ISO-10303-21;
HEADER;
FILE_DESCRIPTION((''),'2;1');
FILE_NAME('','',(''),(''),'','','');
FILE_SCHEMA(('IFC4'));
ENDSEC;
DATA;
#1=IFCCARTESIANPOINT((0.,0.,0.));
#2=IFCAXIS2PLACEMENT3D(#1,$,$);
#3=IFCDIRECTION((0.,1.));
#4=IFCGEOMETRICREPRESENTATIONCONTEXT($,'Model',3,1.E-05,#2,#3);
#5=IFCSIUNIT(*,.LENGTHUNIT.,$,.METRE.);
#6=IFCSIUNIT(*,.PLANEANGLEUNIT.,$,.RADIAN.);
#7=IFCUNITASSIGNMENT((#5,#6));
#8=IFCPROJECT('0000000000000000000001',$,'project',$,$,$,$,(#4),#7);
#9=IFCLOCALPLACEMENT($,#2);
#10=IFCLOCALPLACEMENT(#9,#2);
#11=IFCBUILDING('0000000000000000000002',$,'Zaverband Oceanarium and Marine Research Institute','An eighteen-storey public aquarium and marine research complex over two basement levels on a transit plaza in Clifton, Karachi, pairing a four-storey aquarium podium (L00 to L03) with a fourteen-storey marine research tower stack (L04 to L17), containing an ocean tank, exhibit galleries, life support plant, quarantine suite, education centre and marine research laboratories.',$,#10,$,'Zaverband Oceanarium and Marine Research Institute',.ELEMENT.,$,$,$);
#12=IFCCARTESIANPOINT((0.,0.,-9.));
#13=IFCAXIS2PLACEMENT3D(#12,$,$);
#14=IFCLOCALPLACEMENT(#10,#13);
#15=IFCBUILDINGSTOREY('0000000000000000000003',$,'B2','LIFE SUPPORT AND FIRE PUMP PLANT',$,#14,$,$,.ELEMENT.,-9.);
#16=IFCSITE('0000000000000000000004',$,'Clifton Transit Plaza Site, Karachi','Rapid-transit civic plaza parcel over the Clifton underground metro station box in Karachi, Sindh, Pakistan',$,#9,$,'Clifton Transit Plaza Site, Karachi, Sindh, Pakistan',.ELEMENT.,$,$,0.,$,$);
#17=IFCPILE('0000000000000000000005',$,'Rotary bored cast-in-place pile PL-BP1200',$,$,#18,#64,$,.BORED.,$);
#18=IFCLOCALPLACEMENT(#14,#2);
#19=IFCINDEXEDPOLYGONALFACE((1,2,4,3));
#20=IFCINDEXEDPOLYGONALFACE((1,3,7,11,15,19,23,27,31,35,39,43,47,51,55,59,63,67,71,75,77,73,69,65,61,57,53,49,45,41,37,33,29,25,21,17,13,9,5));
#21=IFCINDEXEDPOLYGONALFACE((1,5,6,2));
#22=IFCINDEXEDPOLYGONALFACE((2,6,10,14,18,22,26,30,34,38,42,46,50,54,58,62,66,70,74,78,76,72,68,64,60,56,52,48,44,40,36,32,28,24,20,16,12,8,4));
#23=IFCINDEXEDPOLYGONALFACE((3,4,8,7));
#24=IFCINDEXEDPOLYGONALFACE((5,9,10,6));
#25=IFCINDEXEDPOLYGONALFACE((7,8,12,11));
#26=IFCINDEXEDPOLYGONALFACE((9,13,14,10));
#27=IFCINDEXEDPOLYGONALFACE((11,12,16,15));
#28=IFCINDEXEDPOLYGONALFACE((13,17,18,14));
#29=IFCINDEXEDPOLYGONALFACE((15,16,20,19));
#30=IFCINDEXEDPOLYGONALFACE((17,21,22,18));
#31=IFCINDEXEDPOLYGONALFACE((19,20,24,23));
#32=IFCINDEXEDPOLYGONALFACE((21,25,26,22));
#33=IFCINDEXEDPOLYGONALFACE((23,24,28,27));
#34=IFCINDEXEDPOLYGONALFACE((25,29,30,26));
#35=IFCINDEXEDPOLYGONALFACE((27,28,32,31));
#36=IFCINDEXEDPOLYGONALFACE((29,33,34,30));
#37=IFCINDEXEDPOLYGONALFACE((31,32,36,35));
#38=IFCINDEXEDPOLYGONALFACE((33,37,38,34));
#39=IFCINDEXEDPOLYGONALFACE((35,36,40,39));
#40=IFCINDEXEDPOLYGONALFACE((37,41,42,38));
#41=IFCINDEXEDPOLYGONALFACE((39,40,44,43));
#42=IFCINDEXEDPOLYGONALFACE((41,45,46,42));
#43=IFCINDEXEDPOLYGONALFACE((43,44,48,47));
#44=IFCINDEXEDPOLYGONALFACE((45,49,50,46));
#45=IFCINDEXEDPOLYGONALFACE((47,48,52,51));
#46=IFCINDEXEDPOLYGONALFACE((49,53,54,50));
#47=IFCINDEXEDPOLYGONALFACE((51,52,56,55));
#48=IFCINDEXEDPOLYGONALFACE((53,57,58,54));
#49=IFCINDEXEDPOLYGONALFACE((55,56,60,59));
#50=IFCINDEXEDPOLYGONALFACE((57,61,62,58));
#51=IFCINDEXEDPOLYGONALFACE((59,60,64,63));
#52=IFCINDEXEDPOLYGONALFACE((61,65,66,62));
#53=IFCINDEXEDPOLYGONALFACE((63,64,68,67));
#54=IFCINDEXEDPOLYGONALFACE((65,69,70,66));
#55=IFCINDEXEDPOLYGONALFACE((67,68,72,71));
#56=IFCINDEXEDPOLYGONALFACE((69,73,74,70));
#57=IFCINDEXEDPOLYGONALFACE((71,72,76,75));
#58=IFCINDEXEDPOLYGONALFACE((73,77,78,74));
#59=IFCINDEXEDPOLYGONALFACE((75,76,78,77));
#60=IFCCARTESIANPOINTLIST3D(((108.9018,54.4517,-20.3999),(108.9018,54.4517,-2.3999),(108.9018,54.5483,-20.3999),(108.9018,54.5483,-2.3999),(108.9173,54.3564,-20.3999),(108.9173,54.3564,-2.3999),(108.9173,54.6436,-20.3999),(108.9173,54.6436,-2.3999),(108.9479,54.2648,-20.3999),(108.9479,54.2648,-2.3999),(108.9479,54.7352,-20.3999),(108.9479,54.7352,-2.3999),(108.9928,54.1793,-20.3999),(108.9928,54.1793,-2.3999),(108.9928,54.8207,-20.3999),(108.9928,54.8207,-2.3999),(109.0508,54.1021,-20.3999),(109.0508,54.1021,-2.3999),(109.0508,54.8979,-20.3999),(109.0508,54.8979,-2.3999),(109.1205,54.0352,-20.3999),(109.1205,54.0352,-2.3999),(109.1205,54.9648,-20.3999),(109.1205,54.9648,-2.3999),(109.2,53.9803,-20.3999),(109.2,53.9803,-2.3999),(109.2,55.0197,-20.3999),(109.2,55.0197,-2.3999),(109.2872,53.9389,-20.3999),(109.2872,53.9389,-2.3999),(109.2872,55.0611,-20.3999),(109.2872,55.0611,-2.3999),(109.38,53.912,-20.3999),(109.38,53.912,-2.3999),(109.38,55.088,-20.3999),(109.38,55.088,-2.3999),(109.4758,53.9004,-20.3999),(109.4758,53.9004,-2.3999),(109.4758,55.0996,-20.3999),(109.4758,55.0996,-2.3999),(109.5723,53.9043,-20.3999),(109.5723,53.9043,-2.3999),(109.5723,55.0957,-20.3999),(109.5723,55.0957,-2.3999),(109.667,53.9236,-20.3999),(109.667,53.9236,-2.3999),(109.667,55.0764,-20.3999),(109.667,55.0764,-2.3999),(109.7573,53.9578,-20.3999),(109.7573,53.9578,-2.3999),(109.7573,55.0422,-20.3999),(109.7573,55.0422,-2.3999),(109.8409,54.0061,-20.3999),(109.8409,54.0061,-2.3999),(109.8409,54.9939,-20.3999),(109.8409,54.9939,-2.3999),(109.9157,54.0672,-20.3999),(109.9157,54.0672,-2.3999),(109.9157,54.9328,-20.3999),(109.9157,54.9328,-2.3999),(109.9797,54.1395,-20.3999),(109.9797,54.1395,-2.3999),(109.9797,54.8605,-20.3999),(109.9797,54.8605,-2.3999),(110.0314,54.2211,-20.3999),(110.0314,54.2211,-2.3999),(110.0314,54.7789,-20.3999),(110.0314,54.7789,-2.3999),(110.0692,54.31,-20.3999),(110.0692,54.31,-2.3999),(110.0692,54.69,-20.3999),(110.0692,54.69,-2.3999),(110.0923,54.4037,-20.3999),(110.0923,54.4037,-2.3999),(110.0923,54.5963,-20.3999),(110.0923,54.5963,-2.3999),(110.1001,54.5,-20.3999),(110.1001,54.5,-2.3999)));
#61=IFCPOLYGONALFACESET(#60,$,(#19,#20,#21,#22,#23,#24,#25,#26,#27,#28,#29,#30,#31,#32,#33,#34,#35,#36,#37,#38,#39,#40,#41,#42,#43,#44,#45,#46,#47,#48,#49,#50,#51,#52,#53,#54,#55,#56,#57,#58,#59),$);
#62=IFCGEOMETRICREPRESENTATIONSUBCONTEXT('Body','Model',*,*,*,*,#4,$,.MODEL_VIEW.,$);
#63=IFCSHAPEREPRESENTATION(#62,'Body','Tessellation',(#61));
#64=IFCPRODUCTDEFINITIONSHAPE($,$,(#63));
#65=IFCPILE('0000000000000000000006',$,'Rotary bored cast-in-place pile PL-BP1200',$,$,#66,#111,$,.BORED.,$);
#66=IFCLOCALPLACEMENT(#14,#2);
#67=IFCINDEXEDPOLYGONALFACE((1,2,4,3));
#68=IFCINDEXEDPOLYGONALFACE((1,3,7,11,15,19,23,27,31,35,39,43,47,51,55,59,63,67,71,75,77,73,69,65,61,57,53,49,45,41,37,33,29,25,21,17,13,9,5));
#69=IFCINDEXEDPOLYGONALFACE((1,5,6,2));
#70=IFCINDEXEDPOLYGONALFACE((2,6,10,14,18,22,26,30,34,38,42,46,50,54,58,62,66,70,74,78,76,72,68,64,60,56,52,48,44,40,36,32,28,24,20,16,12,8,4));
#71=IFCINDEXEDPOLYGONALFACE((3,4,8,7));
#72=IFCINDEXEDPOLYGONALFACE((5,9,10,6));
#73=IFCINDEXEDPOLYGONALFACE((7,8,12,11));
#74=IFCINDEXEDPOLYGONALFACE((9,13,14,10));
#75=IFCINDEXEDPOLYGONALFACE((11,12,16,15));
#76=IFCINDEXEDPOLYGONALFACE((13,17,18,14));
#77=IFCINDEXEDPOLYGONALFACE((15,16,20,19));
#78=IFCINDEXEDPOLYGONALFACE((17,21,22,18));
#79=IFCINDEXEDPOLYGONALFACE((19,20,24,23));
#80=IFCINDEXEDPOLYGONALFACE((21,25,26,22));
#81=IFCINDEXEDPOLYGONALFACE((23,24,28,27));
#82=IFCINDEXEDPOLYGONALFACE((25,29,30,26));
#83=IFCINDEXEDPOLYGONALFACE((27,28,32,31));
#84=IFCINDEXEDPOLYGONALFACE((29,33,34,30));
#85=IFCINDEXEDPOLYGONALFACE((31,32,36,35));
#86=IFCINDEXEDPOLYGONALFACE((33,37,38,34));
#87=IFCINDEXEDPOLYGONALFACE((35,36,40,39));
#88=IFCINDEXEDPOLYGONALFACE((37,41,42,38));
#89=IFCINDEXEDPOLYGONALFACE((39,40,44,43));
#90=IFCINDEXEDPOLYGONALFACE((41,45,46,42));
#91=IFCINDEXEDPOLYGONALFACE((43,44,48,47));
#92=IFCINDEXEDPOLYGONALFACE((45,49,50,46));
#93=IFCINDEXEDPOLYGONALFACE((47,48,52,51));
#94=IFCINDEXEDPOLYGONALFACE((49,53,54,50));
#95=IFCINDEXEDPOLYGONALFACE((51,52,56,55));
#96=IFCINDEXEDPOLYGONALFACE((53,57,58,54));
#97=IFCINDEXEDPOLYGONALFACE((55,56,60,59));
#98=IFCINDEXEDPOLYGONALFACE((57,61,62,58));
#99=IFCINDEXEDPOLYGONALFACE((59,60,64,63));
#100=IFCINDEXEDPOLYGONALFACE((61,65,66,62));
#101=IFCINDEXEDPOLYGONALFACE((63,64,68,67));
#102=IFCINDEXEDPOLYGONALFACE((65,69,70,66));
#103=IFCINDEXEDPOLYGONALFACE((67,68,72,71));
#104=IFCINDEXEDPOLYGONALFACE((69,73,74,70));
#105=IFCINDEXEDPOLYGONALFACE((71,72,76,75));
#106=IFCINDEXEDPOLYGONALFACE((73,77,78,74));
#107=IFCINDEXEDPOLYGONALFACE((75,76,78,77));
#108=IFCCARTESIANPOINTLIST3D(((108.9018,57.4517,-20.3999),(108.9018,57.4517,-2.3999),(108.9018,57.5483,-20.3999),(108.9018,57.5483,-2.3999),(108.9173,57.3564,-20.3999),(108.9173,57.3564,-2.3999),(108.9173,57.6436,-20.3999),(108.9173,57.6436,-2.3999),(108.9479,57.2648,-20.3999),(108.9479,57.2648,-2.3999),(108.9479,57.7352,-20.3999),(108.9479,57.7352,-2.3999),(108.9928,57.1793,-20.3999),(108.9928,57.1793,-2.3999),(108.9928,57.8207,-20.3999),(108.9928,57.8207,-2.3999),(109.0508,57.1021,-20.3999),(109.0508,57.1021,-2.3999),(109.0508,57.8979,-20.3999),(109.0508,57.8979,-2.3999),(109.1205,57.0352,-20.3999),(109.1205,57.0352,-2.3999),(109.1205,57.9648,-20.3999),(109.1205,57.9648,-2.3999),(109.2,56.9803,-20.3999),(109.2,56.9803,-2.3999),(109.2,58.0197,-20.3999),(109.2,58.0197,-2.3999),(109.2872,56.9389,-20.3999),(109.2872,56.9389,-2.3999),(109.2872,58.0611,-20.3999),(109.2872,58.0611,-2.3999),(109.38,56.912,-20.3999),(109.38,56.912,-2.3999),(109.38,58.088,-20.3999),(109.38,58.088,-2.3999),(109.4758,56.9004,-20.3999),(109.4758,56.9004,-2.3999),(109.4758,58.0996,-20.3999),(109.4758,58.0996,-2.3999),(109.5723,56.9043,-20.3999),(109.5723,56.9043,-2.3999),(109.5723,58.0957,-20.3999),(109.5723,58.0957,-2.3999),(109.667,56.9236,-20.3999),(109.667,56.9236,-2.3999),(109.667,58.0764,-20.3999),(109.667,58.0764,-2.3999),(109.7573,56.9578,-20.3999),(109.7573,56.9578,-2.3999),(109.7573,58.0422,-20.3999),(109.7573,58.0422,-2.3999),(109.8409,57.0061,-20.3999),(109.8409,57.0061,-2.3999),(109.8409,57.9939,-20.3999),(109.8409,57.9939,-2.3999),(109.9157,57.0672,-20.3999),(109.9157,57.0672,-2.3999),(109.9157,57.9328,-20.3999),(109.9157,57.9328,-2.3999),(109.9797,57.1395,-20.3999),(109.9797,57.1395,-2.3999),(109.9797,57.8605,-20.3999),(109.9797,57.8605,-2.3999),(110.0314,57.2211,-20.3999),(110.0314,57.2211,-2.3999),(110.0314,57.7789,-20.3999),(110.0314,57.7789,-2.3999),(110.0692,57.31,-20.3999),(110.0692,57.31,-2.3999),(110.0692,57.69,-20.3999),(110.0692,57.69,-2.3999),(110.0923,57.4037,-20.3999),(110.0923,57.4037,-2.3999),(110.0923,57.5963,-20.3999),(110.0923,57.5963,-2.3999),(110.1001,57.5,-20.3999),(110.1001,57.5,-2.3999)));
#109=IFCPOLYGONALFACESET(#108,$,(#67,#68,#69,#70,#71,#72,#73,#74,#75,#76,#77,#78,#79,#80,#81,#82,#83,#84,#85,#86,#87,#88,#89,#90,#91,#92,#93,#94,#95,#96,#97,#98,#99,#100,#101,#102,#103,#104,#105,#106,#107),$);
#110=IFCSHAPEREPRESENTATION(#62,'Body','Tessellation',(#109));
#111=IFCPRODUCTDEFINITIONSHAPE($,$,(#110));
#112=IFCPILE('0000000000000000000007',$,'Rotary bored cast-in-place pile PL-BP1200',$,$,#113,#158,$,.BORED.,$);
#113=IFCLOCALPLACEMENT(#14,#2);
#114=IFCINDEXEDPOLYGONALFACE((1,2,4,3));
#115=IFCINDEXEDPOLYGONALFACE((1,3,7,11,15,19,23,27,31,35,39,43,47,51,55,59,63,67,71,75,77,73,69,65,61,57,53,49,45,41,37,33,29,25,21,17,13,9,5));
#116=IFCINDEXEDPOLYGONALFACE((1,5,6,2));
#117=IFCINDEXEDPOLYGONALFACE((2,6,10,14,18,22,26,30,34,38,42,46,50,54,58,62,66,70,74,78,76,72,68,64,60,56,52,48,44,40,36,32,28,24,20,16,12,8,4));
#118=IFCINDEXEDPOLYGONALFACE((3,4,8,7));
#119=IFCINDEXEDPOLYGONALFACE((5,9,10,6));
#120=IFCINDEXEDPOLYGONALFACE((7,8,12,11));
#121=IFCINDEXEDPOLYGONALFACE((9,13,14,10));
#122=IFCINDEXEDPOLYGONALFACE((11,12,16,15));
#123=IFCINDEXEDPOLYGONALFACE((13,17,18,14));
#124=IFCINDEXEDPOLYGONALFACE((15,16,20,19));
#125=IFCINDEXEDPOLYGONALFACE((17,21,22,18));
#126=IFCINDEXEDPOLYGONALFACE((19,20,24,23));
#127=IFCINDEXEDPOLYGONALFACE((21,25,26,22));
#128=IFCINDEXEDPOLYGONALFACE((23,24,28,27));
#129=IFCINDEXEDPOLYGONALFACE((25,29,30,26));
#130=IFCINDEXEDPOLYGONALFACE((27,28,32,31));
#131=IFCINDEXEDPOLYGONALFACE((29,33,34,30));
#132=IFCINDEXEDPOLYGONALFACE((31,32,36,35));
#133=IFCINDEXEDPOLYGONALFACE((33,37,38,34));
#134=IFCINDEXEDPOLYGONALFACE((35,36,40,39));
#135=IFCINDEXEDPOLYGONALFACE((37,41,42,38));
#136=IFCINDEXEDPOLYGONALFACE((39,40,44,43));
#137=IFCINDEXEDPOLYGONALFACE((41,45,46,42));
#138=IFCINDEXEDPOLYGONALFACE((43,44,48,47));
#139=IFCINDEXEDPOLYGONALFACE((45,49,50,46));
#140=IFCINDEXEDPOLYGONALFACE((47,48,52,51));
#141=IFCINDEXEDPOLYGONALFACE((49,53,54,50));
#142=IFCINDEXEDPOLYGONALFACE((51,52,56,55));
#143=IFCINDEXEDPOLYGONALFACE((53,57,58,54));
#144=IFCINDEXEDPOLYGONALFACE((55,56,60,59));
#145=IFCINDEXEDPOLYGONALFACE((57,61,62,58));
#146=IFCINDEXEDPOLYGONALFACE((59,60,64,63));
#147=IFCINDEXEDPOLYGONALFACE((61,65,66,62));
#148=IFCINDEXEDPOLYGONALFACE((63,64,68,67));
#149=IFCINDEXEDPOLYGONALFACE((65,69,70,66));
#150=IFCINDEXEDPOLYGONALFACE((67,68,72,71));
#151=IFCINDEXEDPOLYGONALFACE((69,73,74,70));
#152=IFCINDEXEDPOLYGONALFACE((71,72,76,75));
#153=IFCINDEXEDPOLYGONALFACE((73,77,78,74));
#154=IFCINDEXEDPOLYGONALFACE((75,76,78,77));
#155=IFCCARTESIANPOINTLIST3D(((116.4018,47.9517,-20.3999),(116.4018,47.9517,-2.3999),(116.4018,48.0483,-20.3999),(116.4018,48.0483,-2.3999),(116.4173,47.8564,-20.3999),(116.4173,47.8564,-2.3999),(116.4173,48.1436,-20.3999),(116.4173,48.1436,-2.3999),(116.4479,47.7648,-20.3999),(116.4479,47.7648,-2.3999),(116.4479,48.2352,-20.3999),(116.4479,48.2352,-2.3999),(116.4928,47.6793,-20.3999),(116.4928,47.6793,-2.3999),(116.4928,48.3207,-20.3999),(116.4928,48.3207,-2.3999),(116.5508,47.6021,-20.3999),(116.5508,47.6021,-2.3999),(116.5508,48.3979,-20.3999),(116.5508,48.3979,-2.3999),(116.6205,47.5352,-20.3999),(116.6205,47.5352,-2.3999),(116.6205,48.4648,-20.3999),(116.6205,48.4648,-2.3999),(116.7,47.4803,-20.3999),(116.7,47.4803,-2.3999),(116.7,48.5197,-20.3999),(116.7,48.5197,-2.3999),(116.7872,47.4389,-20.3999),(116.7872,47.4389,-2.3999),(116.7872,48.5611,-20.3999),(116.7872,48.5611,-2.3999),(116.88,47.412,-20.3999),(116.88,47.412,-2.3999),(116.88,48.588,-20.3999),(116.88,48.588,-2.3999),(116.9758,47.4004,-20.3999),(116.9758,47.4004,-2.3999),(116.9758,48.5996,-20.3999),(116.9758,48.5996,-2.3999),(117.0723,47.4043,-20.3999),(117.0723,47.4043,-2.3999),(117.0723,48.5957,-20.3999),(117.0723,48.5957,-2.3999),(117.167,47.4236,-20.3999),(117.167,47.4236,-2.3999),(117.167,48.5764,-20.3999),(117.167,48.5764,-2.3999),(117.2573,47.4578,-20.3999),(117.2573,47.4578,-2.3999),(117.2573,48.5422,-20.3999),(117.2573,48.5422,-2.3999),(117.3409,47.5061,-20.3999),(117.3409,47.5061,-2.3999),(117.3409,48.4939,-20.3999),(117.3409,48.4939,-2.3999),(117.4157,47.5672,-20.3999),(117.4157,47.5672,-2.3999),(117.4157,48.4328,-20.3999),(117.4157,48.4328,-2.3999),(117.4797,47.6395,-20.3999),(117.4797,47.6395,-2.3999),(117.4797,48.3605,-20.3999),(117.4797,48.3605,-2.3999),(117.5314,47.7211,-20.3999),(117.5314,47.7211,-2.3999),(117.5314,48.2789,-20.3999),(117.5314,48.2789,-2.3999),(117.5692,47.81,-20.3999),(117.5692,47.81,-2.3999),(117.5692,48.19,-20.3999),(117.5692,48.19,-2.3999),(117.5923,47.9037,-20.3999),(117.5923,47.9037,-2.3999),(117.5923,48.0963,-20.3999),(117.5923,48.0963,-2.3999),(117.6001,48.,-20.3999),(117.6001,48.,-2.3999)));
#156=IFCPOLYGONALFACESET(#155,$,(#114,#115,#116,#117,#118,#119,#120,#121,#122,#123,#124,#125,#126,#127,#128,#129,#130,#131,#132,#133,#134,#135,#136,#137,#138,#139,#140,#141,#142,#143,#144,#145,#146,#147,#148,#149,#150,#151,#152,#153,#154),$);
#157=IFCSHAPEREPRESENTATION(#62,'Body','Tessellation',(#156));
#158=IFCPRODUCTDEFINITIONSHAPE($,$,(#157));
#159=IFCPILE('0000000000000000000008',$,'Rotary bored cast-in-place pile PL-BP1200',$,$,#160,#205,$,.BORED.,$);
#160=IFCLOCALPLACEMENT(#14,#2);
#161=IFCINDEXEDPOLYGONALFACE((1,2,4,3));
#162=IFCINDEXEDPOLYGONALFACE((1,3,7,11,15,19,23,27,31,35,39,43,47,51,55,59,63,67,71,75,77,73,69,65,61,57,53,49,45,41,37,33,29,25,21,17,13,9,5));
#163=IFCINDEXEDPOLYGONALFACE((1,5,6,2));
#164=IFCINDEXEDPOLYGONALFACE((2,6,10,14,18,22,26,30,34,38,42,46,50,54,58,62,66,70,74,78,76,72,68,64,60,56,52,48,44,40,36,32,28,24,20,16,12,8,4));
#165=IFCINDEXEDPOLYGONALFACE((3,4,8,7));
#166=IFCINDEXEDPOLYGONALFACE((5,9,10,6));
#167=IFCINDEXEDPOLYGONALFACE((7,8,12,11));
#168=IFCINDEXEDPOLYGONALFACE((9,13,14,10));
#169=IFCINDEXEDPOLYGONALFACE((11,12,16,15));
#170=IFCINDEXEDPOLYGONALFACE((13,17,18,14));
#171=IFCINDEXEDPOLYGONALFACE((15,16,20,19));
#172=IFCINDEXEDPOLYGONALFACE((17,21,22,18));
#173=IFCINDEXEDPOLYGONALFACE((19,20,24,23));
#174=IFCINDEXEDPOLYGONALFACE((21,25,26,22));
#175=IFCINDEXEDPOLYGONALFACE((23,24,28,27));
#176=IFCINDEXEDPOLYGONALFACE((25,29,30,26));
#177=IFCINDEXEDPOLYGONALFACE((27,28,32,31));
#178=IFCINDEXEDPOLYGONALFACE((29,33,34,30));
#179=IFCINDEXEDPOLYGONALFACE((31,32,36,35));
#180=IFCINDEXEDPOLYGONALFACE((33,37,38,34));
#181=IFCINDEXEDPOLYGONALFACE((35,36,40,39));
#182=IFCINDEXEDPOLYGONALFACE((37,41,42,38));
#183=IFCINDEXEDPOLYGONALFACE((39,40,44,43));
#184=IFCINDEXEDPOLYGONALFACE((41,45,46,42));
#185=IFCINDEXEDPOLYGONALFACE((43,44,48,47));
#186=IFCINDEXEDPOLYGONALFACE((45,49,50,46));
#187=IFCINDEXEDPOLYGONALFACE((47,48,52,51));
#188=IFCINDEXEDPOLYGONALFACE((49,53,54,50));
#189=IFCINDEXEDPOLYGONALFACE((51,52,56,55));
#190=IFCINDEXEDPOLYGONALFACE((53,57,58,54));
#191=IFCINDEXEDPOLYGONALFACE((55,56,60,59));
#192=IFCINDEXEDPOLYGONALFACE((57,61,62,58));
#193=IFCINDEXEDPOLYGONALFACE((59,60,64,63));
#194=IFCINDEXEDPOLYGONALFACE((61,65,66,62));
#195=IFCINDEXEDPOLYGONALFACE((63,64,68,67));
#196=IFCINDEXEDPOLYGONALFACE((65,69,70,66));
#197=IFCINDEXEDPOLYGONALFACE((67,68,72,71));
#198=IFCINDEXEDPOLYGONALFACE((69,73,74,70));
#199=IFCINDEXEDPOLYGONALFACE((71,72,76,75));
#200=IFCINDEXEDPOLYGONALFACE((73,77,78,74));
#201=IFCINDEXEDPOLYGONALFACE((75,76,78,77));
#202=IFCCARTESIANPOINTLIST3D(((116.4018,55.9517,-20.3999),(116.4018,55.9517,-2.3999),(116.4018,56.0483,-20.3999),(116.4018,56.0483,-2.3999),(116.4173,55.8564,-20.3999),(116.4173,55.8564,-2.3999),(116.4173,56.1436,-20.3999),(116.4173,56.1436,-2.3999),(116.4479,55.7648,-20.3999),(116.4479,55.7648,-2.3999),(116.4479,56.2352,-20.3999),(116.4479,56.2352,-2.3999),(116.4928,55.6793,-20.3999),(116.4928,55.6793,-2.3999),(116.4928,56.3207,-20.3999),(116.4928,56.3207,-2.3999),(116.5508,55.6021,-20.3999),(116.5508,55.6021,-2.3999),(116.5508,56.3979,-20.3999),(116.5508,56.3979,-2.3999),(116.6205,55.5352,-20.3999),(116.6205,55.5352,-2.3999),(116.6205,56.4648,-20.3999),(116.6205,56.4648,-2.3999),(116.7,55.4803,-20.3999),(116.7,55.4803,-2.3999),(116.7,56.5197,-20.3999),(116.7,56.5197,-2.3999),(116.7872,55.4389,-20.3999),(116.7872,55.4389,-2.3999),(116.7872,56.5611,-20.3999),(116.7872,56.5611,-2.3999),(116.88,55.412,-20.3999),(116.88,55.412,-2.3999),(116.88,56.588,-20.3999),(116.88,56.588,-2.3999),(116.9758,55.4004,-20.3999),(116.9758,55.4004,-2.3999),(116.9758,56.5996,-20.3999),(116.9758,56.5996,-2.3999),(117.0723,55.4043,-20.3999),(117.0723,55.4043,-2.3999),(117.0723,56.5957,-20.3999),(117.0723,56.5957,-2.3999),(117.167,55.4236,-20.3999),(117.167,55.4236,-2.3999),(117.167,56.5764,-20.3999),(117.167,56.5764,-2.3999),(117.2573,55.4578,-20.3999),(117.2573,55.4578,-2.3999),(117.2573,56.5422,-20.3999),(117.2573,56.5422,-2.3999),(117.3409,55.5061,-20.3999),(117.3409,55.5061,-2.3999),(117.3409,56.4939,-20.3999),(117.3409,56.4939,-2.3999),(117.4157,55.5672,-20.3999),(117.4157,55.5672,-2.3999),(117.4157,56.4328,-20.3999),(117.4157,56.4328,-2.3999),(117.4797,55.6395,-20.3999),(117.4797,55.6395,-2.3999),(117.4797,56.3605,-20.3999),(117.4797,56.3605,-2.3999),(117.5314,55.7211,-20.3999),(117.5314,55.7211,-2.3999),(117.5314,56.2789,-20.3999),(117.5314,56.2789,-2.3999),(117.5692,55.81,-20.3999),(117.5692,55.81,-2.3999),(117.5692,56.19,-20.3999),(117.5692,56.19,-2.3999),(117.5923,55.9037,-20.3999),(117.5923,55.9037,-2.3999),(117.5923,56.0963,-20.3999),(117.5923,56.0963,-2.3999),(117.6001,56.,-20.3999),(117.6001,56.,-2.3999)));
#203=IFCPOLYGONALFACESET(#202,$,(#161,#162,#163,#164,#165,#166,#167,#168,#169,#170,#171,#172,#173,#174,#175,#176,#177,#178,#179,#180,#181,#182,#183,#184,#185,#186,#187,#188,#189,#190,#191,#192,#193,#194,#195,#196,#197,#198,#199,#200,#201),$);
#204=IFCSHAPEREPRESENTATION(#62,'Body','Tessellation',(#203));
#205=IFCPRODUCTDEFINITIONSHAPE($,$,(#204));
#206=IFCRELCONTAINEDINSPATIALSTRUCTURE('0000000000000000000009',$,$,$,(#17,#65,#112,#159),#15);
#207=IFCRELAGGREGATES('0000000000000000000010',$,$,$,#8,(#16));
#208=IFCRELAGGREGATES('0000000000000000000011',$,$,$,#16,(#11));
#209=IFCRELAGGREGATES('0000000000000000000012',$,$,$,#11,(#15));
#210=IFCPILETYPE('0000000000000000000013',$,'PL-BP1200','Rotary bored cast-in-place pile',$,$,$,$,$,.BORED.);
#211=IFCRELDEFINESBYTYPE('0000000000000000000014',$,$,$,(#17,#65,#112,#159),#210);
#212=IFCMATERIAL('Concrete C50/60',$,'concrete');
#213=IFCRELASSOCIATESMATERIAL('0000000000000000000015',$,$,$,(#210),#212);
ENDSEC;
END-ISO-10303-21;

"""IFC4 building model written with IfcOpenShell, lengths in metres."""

from ifc_helpers import new_model, si_unit, direction, frame, origin, origin_2d, place, context, subcontext, project, spatial, circle, extrude, material, material_profile, profile_set, type_object, element, save


model = new_model("IFC4")

# Units and contexts
model_context = context("Model", 3, precision=1e-05, world=origin(), true_north=direction((0.0, 1.0)))
body_context = subcontext(model_context, "Body", "Model", "MODEL_VIEW")
ifc_project = project(units=[si_unit("LENGTHUNIT", "METRE"), si_unit("PLANEANGLEUNIT", "RADIAN")], contexts=[model_context])

# Site, building, storey
site_placement = place(None, origin())
site = spatial("IfcSite", under=ifc_project, at=site_placement, Name="Clifton Transit Plaza Site, Karachi", Description="Rapid-transit civic plaza parcel over the Clifton underground metro station box in Karachi, Sindh, Pakistan", LongName="Clifton Transit Plaza Site, Karachi, Sindh, Pakistan", CompositionType="ELEMENT", RefElevation=0.0)
building_placement = place(site_placement, origin())
building = spatial("IfcBuilding", under=site, at=building_placement, Name="Zaverband Oceanarium and Marine Research Institute", Description="An eighteen-storey public aquarium and marine research complex over two basement levels on a transit plaza in Clifton, Karachi, pairing a four-storey aquarium podium (L00 to L03) with a fourteen-storey marine research tower stack (L04 to L17), containing an ocean tank, exhibit galleries, life support plant, quarantine suite, education centre and marine research laboratories.", LongName="Zaverband Oceanarium and Marine Research Institute", CompositionType="ELEMENT")
storey_placement = place(building_placement, frame((0.0, 0.0, -9.0)))
storey = spatial("IfcBuildingStorey", under=building, at=storey_placement, Name="B2", Description="LIFE SUPPORT AND FIRE PUMP PLANT", CompositionType="ELEMENT", Elevation=-9.0)

# Shared definitions
ifc_material_1 = material(Name="Concrete C50/60", Category="concrete")

# Piles
ifc_material_profile_1 = material_profile(ifc_material_1, circle(Radius=0.6001, at=origin_2d()), Name="BP1200")
ifc_profile_set_1 = profile_set([ifc_material_profile_1], Name="Concrete C50/60")
pile_type = type_object("IfcPileType", Name="PL-BP1200", Description="Rotary bored cast-in-place pile", PredefinedType="BORED", material=ifc_profile_set_1)
for number, where, z_axis, x_axis, name in (
    (1, (109.5, 54.5, -2.3999), (0.0, 0.0, -1.0), (1.0, 0.0, 0.0), "Rotary bored cast-in-place pile PL-BP1200"),
    (2, (109.5, 57.5, -2.3999), (0.0, 0.0, -1.0), (1.0, 0.0, 0.0), "Rotary bored cast-in-place pile PL-BP1200"),
    (3, (117.0, 48.0, -2.3999), (0.0, 0.0, -1.0), (1.0, 0.0, 0.0), "Rotary bored cast-in-place pile PL-BP1200"),
    (4, (117.0, 56.0, -2.3999), (0.0, 0.0, -1.0), (1.0, 0.0, 0.0), "Rotary bored cast-in-place pile PL-BP1200"),
):
    element("IfcPile", number, at=place(storey_placement, frame(where, z_axis=z_axis, x_axis=x_axis)), inside=storey, type_object=pile_type, Name=name, PredefinedType="BORED", context=body_context, shape_type="SweptSolid", body=[
        extrude(circle(Radius=0.6001, at=origin_2d()), origin(), (0.0, 0.0, 1.0), 18.0),
    ])

save(model, "model.ifc")
